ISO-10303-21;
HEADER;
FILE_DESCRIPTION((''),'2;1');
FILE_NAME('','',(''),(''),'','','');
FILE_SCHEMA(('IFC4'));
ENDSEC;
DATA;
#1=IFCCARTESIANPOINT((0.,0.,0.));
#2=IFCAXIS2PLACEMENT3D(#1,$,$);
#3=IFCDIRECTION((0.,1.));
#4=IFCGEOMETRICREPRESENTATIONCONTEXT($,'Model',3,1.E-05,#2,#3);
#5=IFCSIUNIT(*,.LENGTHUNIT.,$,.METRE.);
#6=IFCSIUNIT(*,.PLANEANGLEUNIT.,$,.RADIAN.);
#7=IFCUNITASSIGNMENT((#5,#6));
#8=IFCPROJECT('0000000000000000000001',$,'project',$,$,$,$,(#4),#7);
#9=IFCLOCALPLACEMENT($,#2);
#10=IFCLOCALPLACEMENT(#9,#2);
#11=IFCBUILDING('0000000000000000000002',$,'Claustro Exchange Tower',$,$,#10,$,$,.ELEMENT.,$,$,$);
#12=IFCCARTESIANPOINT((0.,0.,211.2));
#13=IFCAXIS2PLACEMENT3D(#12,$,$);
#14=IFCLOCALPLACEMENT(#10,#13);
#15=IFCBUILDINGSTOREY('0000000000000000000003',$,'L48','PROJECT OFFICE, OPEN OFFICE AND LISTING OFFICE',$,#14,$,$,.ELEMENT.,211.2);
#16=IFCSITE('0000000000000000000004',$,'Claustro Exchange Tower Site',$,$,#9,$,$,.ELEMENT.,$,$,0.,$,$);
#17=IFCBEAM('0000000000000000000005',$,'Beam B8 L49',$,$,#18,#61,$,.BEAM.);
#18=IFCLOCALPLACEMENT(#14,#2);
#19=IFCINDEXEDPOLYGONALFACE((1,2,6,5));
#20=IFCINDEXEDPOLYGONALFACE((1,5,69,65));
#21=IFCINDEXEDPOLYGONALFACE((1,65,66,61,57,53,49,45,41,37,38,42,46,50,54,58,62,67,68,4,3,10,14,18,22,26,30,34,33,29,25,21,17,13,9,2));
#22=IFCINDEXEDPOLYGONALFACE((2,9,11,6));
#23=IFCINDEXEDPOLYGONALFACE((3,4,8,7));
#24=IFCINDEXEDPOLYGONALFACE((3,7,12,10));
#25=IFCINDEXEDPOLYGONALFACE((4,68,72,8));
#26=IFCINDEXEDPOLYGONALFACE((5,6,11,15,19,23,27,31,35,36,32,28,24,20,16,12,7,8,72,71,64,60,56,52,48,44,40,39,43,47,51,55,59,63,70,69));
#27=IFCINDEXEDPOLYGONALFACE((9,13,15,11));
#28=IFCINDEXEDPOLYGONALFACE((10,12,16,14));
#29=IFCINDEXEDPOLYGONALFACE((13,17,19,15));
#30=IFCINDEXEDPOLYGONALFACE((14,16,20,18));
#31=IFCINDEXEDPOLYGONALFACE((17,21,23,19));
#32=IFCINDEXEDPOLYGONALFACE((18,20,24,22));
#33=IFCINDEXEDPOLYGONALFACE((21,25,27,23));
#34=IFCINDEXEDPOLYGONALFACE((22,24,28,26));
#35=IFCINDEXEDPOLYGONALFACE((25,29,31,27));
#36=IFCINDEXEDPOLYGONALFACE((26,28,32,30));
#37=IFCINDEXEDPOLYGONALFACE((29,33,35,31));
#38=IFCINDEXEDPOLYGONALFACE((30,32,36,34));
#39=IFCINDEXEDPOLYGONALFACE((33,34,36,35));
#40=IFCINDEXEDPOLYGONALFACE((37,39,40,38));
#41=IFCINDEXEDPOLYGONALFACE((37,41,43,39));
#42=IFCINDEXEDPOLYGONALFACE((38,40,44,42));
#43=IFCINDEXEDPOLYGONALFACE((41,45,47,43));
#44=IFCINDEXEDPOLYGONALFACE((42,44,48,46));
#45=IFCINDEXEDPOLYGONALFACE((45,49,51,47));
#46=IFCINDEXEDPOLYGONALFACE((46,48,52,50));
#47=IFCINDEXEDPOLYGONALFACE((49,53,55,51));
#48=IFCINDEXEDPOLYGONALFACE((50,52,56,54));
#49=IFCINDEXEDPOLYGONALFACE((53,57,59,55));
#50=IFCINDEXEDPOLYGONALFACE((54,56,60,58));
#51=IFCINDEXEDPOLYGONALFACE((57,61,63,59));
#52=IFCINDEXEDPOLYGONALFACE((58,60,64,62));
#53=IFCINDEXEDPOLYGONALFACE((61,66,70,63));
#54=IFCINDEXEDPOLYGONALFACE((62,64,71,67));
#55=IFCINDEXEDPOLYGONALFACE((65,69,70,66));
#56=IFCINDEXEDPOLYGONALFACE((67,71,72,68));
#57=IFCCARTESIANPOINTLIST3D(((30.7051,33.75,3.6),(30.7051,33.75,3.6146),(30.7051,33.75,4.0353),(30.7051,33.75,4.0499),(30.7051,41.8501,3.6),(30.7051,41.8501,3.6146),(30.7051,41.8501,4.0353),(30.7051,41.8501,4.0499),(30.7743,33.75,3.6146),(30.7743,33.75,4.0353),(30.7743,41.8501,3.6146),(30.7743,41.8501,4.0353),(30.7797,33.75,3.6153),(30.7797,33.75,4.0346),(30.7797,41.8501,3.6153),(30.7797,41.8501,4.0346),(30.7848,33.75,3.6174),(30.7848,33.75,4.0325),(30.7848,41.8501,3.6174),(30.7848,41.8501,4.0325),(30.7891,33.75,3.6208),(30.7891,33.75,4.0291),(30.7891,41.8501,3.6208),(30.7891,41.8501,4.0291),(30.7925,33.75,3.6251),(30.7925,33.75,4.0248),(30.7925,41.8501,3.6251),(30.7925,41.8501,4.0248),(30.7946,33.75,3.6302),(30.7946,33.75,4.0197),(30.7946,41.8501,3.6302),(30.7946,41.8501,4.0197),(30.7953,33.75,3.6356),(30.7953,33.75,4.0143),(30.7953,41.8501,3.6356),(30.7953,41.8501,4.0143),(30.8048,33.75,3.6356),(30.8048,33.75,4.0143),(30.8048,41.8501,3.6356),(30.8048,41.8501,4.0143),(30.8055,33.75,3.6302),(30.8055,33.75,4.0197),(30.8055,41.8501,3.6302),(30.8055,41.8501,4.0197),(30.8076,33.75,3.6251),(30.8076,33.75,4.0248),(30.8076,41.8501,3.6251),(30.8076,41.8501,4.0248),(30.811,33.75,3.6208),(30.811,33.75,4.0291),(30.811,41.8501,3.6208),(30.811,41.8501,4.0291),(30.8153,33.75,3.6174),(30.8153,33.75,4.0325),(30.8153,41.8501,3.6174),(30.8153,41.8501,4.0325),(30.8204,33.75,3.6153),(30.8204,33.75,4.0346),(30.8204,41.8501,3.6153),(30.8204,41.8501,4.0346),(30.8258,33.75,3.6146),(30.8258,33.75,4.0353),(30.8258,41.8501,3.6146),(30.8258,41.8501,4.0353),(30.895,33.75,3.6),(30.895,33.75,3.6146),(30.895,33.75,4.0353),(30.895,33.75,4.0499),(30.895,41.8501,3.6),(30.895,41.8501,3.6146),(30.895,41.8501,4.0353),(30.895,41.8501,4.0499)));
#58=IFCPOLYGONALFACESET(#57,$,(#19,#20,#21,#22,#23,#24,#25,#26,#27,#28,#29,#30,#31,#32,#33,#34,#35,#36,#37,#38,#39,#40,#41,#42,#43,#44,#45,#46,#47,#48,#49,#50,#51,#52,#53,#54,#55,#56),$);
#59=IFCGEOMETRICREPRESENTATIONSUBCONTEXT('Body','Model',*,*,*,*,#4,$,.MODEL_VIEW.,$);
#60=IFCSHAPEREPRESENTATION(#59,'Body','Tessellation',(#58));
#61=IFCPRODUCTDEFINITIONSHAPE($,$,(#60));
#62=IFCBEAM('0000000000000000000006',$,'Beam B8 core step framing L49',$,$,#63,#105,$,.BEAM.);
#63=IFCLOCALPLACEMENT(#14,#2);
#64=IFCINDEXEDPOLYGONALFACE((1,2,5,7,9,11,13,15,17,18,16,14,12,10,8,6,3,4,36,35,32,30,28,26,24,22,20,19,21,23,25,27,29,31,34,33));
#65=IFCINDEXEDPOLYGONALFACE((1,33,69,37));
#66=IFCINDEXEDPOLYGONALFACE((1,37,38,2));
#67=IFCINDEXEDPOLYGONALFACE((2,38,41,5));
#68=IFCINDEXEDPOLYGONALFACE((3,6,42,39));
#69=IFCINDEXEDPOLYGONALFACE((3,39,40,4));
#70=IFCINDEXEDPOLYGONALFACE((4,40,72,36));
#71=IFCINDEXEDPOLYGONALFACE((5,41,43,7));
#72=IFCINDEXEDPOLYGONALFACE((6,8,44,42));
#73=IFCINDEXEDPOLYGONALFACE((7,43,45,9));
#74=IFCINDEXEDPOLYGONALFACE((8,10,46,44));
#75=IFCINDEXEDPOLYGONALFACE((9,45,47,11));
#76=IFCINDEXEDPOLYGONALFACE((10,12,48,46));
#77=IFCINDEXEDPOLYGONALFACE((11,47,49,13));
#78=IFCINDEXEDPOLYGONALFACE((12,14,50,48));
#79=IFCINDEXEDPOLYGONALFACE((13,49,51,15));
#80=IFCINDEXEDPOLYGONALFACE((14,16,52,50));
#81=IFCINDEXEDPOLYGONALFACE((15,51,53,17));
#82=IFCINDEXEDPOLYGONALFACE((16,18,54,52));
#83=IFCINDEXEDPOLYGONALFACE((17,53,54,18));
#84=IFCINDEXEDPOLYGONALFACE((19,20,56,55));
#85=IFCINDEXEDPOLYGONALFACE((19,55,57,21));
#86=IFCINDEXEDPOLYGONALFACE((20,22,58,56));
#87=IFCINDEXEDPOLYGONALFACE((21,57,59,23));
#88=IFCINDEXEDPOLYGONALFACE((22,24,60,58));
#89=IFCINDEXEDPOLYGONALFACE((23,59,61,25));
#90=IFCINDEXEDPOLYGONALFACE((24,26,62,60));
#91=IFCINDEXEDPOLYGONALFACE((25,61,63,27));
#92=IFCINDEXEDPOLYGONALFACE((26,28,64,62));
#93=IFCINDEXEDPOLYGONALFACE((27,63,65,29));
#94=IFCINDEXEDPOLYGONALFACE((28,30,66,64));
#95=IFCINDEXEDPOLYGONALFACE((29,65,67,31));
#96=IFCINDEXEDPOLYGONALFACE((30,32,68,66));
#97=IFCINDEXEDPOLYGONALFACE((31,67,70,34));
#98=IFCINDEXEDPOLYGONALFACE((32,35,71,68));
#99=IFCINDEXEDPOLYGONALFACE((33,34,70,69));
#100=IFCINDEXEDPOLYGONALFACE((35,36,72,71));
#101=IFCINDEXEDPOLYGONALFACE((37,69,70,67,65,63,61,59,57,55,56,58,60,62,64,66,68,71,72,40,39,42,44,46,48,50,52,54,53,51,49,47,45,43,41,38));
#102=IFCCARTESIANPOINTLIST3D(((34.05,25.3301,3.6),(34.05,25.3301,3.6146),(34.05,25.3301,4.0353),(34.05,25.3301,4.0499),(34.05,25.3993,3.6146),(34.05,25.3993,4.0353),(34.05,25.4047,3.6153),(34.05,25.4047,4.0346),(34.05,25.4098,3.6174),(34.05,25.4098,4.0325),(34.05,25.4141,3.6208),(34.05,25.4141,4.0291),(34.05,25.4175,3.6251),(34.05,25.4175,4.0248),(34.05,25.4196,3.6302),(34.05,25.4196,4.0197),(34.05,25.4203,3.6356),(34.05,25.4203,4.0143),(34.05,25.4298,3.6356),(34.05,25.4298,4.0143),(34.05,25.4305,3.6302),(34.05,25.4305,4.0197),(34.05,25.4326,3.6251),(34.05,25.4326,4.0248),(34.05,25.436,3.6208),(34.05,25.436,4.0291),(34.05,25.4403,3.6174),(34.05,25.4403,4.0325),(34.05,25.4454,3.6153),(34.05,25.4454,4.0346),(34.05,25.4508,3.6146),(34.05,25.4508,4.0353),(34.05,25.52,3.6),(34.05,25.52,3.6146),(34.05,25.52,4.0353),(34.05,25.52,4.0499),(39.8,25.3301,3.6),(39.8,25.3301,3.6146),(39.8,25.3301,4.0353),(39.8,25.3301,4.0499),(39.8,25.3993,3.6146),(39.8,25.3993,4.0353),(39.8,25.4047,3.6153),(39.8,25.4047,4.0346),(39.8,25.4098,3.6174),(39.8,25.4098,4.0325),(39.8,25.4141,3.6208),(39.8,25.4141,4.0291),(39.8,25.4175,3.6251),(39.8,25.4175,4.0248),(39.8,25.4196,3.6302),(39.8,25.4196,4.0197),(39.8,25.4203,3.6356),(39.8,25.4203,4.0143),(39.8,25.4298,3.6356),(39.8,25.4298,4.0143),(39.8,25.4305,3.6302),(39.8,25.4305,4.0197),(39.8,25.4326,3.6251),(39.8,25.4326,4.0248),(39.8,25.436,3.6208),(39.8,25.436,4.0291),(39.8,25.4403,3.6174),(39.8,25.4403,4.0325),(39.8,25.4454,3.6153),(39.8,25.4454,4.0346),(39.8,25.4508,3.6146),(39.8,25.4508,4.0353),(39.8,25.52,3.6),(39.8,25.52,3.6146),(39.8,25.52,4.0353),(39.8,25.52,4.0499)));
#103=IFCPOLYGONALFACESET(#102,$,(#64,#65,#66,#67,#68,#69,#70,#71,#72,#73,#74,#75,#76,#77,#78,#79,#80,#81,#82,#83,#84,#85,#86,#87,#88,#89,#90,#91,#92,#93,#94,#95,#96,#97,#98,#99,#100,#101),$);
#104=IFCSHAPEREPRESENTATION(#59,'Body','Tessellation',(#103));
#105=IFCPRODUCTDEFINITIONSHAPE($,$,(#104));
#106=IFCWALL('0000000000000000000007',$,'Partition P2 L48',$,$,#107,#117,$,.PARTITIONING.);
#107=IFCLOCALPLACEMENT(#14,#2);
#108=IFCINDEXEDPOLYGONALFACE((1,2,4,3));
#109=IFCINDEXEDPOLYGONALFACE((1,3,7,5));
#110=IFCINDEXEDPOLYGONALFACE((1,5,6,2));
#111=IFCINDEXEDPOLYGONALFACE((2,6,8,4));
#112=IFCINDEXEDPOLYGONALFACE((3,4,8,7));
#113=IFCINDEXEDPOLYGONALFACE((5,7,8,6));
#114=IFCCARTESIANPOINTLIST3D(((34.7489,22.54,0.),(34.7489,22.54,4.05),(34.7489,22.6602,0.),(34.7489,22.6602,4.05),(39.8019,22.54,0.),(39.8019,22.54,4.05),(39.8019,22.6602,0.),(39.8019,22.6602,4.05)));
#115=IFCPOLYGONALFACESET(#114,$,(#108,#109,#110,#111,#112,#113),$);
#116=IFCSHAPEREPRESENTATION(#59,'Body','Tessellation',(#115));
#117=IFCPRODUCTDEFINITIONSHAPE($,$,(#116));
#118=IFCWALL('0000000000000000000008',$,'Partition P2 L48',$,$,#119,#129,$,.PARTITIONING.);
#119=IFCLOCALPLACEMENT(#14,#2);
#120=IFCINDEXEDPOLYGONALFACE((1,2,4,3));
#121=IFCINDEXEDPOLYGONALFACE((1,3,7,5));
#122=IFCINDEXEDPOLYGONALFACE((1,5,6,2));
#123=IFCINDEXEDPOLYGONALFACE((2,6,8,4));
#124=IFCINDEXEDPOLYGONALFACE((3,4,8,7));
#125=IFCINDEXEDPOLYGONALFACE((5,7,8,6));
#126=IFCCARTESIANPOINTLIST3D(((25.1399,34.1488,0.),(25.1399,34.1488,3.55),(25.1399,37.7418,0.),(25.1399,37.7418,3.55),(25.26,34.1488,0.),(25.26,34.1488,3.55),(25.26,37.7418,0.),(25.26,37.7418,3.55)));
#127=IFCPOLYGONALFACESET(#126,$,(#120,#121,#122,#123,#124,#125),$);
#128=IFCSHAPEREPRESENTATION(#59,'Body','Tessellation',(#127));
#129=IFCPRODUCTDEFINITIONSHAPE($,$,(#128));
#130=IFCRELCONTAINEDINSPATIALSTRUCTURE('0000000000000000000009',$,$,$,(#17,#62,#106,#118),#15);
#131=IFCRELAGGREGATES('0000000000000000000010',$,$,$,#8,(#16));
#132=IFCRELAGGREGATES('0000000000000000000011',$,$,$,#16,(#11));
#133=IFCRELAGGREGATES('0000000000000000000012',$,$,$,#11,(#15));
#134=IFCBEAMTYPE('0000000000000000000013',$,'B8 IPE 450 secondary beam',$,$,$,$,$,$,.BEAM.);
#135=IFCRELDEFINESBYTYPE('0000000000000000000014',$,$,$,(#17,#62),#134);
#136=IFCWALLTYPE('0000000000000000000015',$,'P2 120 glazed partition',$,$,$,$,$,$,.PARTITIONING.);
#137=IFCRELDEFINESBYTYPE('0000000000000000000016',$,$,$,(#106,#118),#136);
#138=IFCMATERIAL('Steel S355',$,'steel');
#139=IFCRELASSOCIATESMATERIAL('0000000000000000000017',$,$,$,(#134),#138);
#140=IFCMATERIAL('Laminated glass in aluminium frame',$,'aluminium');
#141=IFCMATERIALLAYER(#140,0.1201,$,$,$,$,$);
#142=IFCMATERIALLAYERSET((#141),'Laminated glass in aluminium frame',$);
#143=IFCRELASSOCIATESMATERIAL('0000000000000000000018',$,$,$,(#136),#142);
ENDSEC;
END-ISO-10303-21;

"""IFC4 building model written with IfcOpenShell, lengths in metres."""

from ifc_helpers import new_model, si_unit, direction, frame, frame_2d, origin, origin_2d, place, context, subcontext, project, spatial, rectangle, i_section, extrude, material, layer, layer_set, material_profile, profile_set, type_object, element, save


model = new_model("IFC4")

# Units and contexts
model_context = context("Model", 3, precision=1e-05, world=origin(), true_north=direction((0.0, 1.0)))
body_context = subcontext(model_context, "Body", "Model", "MODEL_VIEW")
ifc_project = project(units=[si_unit("LENGTHUNIT", "METRE"), si_unit("PLANEANGLEUNIT", "RADIAN")], contexts=[model_context])

# Site, building, storey
site_placement = place(None, origin())
site = spatial("IfcSite", under=ifc_project, at=site_placement, Name="Claustro Exchange Tower Site", CompositionType="ELEMENT", RefElevation=0.0)
building_placement = place(site_placement, origin())
building = spatial("IfcBuilding", under=site, at=building_placement, Name="Claustro Exchange Tower", CompositionType="ELEMENT")
storey_placement = place(building_placement, frame((0.0, 0.0, 211.2)))
storey = spatial("IfcBuildingStorey", under=building, at=storey_placement, Name="L48", Description="PROJECT OFFICE, OPEN OFFICE AND LISTING OFFICE", CompositionType="ELEMENT", Elevation=211.2)

# Beams
ifc_material_1 = material(Name="Steel S355", Category="steel")
ifc_material_profile_1 = material_profile(ifc_material_1, i_section(OverallWidth=0.1899, OverallDepth=0.45, WebThickness=0.0095, FlangeThickness=0.0146, FilletRadius=0.021, at=origin_2d()), Name="IPE 450")
ifc_profile_set_1 = profile_set([ifc_material_profile_1], Name="Steel S355")
beam_type_1 = type_object("IfcBeamType", Name="B8 IPE 450 secondary beam", PredefinedType="BEAM", material=ifc_profile_set_1)
for number, where, z_axis, x_axis, name in (
    (1, (30.8, 33.75, 3.825), (0.0, 1.0, 0.0), (-1.0, 0.0, 0.0), "Beam B8 L49"),
):
    element("IfcBeam", number, at=place(storey_placement, frame(where, z_axis=z_axis, x_axis=x_axis)), inside=storey, type_object=beam_type_1, Name=name, PredefinedType="BEAM", context=body_context, shape_type="SweptSolid", body=[
        extrude(i_section(OverallWidth=0.1899, OverallDepth=0.45, WebThickness=0.0095, FlangeThickness=0.0146, FilletRadius=0.021, at=origin_2d()), origin(), (0.0, 0.0, 1.0), 8.1001),
    ])
beam_1_placement = place(storey_placement, frame((34.05, 25.425, 3.825), z_axis=(1.0, 0.0, 0.0), x_axis=(0.0, 1.0, 0.0)))
element("IfcBeam", 2, at=beam_1_placement, inside=storey, type_object=beam_type_1, Name="Beam B8 core step framing L49", PredefinedType="BEAM", context=body_context, shape_type="SweptSolid", body=[
    extrude(i_section(OverallWidth=0.1899, OverallDepth=0.45, WebThickness=0.0095, FlangeThickness=0.0146, FilletRadius=0.021, at=origin_2d()), origin(), (0.0, 0.0, 1.0), 5.75),
])

# Walls
ifc_material_2 = material(Name="Laminated glass in aluminium frame", Category="aluminium")
ifc_layer_1 = layer(ifc_material_2, 0.1201)
ifc_layer_set_1 = layer_set([ifc_layer_1], Name="Laminated glass in aluminium frame")
wall_type_1 = type_object("IfcWallType", Name="P2 120 glazed partition", PredefinedType="PARTITIONING", material=ifc_layer_set_1)
wall_1_placement = place(storey_placement, frame((34.749, 22.6001, 0.0), z_axis=(0.0, 0.0, 1.0), x_axis=(1.0, 0.0, 0.0)))
element("IfcWall", 3, at=wall_1_placement, inside=storey, type_object=wall_type_1, Name="Partition P2 L48", PredefinedType="PARTITIONING", context=body_context, shape_type="SweptSolid", body=[
    extrude(rectangle(XDim=5.053, YDim=0.1201, at=frame_2d((2.5264, 0.0))), origin(), (0.0, 0.0, 1.0), 4.05),
])
wall_2_placement = place(storey_placement, frame((25.2, 34.1489, 0.0), z_axis=(0.0, 0.0, 1.0), x_axis=(0.0, 1.0, 0.0)))
element("IfcWall", 4, at=wall_2_placement, inside=storey, type_object=wall_type_1, Name="Partition P2 L48", PredefinedType="PARTITIONING", context=body_context, shape_type="SweptSolid", body=[
    extrude(rectangle(XDim=3.593, YDim=0.1201, at=frame_2d((1.7964, 0.0))), origin(), (0.0, 0.0, 1.0), 3.55),
])

save(model, "model.ifc")
